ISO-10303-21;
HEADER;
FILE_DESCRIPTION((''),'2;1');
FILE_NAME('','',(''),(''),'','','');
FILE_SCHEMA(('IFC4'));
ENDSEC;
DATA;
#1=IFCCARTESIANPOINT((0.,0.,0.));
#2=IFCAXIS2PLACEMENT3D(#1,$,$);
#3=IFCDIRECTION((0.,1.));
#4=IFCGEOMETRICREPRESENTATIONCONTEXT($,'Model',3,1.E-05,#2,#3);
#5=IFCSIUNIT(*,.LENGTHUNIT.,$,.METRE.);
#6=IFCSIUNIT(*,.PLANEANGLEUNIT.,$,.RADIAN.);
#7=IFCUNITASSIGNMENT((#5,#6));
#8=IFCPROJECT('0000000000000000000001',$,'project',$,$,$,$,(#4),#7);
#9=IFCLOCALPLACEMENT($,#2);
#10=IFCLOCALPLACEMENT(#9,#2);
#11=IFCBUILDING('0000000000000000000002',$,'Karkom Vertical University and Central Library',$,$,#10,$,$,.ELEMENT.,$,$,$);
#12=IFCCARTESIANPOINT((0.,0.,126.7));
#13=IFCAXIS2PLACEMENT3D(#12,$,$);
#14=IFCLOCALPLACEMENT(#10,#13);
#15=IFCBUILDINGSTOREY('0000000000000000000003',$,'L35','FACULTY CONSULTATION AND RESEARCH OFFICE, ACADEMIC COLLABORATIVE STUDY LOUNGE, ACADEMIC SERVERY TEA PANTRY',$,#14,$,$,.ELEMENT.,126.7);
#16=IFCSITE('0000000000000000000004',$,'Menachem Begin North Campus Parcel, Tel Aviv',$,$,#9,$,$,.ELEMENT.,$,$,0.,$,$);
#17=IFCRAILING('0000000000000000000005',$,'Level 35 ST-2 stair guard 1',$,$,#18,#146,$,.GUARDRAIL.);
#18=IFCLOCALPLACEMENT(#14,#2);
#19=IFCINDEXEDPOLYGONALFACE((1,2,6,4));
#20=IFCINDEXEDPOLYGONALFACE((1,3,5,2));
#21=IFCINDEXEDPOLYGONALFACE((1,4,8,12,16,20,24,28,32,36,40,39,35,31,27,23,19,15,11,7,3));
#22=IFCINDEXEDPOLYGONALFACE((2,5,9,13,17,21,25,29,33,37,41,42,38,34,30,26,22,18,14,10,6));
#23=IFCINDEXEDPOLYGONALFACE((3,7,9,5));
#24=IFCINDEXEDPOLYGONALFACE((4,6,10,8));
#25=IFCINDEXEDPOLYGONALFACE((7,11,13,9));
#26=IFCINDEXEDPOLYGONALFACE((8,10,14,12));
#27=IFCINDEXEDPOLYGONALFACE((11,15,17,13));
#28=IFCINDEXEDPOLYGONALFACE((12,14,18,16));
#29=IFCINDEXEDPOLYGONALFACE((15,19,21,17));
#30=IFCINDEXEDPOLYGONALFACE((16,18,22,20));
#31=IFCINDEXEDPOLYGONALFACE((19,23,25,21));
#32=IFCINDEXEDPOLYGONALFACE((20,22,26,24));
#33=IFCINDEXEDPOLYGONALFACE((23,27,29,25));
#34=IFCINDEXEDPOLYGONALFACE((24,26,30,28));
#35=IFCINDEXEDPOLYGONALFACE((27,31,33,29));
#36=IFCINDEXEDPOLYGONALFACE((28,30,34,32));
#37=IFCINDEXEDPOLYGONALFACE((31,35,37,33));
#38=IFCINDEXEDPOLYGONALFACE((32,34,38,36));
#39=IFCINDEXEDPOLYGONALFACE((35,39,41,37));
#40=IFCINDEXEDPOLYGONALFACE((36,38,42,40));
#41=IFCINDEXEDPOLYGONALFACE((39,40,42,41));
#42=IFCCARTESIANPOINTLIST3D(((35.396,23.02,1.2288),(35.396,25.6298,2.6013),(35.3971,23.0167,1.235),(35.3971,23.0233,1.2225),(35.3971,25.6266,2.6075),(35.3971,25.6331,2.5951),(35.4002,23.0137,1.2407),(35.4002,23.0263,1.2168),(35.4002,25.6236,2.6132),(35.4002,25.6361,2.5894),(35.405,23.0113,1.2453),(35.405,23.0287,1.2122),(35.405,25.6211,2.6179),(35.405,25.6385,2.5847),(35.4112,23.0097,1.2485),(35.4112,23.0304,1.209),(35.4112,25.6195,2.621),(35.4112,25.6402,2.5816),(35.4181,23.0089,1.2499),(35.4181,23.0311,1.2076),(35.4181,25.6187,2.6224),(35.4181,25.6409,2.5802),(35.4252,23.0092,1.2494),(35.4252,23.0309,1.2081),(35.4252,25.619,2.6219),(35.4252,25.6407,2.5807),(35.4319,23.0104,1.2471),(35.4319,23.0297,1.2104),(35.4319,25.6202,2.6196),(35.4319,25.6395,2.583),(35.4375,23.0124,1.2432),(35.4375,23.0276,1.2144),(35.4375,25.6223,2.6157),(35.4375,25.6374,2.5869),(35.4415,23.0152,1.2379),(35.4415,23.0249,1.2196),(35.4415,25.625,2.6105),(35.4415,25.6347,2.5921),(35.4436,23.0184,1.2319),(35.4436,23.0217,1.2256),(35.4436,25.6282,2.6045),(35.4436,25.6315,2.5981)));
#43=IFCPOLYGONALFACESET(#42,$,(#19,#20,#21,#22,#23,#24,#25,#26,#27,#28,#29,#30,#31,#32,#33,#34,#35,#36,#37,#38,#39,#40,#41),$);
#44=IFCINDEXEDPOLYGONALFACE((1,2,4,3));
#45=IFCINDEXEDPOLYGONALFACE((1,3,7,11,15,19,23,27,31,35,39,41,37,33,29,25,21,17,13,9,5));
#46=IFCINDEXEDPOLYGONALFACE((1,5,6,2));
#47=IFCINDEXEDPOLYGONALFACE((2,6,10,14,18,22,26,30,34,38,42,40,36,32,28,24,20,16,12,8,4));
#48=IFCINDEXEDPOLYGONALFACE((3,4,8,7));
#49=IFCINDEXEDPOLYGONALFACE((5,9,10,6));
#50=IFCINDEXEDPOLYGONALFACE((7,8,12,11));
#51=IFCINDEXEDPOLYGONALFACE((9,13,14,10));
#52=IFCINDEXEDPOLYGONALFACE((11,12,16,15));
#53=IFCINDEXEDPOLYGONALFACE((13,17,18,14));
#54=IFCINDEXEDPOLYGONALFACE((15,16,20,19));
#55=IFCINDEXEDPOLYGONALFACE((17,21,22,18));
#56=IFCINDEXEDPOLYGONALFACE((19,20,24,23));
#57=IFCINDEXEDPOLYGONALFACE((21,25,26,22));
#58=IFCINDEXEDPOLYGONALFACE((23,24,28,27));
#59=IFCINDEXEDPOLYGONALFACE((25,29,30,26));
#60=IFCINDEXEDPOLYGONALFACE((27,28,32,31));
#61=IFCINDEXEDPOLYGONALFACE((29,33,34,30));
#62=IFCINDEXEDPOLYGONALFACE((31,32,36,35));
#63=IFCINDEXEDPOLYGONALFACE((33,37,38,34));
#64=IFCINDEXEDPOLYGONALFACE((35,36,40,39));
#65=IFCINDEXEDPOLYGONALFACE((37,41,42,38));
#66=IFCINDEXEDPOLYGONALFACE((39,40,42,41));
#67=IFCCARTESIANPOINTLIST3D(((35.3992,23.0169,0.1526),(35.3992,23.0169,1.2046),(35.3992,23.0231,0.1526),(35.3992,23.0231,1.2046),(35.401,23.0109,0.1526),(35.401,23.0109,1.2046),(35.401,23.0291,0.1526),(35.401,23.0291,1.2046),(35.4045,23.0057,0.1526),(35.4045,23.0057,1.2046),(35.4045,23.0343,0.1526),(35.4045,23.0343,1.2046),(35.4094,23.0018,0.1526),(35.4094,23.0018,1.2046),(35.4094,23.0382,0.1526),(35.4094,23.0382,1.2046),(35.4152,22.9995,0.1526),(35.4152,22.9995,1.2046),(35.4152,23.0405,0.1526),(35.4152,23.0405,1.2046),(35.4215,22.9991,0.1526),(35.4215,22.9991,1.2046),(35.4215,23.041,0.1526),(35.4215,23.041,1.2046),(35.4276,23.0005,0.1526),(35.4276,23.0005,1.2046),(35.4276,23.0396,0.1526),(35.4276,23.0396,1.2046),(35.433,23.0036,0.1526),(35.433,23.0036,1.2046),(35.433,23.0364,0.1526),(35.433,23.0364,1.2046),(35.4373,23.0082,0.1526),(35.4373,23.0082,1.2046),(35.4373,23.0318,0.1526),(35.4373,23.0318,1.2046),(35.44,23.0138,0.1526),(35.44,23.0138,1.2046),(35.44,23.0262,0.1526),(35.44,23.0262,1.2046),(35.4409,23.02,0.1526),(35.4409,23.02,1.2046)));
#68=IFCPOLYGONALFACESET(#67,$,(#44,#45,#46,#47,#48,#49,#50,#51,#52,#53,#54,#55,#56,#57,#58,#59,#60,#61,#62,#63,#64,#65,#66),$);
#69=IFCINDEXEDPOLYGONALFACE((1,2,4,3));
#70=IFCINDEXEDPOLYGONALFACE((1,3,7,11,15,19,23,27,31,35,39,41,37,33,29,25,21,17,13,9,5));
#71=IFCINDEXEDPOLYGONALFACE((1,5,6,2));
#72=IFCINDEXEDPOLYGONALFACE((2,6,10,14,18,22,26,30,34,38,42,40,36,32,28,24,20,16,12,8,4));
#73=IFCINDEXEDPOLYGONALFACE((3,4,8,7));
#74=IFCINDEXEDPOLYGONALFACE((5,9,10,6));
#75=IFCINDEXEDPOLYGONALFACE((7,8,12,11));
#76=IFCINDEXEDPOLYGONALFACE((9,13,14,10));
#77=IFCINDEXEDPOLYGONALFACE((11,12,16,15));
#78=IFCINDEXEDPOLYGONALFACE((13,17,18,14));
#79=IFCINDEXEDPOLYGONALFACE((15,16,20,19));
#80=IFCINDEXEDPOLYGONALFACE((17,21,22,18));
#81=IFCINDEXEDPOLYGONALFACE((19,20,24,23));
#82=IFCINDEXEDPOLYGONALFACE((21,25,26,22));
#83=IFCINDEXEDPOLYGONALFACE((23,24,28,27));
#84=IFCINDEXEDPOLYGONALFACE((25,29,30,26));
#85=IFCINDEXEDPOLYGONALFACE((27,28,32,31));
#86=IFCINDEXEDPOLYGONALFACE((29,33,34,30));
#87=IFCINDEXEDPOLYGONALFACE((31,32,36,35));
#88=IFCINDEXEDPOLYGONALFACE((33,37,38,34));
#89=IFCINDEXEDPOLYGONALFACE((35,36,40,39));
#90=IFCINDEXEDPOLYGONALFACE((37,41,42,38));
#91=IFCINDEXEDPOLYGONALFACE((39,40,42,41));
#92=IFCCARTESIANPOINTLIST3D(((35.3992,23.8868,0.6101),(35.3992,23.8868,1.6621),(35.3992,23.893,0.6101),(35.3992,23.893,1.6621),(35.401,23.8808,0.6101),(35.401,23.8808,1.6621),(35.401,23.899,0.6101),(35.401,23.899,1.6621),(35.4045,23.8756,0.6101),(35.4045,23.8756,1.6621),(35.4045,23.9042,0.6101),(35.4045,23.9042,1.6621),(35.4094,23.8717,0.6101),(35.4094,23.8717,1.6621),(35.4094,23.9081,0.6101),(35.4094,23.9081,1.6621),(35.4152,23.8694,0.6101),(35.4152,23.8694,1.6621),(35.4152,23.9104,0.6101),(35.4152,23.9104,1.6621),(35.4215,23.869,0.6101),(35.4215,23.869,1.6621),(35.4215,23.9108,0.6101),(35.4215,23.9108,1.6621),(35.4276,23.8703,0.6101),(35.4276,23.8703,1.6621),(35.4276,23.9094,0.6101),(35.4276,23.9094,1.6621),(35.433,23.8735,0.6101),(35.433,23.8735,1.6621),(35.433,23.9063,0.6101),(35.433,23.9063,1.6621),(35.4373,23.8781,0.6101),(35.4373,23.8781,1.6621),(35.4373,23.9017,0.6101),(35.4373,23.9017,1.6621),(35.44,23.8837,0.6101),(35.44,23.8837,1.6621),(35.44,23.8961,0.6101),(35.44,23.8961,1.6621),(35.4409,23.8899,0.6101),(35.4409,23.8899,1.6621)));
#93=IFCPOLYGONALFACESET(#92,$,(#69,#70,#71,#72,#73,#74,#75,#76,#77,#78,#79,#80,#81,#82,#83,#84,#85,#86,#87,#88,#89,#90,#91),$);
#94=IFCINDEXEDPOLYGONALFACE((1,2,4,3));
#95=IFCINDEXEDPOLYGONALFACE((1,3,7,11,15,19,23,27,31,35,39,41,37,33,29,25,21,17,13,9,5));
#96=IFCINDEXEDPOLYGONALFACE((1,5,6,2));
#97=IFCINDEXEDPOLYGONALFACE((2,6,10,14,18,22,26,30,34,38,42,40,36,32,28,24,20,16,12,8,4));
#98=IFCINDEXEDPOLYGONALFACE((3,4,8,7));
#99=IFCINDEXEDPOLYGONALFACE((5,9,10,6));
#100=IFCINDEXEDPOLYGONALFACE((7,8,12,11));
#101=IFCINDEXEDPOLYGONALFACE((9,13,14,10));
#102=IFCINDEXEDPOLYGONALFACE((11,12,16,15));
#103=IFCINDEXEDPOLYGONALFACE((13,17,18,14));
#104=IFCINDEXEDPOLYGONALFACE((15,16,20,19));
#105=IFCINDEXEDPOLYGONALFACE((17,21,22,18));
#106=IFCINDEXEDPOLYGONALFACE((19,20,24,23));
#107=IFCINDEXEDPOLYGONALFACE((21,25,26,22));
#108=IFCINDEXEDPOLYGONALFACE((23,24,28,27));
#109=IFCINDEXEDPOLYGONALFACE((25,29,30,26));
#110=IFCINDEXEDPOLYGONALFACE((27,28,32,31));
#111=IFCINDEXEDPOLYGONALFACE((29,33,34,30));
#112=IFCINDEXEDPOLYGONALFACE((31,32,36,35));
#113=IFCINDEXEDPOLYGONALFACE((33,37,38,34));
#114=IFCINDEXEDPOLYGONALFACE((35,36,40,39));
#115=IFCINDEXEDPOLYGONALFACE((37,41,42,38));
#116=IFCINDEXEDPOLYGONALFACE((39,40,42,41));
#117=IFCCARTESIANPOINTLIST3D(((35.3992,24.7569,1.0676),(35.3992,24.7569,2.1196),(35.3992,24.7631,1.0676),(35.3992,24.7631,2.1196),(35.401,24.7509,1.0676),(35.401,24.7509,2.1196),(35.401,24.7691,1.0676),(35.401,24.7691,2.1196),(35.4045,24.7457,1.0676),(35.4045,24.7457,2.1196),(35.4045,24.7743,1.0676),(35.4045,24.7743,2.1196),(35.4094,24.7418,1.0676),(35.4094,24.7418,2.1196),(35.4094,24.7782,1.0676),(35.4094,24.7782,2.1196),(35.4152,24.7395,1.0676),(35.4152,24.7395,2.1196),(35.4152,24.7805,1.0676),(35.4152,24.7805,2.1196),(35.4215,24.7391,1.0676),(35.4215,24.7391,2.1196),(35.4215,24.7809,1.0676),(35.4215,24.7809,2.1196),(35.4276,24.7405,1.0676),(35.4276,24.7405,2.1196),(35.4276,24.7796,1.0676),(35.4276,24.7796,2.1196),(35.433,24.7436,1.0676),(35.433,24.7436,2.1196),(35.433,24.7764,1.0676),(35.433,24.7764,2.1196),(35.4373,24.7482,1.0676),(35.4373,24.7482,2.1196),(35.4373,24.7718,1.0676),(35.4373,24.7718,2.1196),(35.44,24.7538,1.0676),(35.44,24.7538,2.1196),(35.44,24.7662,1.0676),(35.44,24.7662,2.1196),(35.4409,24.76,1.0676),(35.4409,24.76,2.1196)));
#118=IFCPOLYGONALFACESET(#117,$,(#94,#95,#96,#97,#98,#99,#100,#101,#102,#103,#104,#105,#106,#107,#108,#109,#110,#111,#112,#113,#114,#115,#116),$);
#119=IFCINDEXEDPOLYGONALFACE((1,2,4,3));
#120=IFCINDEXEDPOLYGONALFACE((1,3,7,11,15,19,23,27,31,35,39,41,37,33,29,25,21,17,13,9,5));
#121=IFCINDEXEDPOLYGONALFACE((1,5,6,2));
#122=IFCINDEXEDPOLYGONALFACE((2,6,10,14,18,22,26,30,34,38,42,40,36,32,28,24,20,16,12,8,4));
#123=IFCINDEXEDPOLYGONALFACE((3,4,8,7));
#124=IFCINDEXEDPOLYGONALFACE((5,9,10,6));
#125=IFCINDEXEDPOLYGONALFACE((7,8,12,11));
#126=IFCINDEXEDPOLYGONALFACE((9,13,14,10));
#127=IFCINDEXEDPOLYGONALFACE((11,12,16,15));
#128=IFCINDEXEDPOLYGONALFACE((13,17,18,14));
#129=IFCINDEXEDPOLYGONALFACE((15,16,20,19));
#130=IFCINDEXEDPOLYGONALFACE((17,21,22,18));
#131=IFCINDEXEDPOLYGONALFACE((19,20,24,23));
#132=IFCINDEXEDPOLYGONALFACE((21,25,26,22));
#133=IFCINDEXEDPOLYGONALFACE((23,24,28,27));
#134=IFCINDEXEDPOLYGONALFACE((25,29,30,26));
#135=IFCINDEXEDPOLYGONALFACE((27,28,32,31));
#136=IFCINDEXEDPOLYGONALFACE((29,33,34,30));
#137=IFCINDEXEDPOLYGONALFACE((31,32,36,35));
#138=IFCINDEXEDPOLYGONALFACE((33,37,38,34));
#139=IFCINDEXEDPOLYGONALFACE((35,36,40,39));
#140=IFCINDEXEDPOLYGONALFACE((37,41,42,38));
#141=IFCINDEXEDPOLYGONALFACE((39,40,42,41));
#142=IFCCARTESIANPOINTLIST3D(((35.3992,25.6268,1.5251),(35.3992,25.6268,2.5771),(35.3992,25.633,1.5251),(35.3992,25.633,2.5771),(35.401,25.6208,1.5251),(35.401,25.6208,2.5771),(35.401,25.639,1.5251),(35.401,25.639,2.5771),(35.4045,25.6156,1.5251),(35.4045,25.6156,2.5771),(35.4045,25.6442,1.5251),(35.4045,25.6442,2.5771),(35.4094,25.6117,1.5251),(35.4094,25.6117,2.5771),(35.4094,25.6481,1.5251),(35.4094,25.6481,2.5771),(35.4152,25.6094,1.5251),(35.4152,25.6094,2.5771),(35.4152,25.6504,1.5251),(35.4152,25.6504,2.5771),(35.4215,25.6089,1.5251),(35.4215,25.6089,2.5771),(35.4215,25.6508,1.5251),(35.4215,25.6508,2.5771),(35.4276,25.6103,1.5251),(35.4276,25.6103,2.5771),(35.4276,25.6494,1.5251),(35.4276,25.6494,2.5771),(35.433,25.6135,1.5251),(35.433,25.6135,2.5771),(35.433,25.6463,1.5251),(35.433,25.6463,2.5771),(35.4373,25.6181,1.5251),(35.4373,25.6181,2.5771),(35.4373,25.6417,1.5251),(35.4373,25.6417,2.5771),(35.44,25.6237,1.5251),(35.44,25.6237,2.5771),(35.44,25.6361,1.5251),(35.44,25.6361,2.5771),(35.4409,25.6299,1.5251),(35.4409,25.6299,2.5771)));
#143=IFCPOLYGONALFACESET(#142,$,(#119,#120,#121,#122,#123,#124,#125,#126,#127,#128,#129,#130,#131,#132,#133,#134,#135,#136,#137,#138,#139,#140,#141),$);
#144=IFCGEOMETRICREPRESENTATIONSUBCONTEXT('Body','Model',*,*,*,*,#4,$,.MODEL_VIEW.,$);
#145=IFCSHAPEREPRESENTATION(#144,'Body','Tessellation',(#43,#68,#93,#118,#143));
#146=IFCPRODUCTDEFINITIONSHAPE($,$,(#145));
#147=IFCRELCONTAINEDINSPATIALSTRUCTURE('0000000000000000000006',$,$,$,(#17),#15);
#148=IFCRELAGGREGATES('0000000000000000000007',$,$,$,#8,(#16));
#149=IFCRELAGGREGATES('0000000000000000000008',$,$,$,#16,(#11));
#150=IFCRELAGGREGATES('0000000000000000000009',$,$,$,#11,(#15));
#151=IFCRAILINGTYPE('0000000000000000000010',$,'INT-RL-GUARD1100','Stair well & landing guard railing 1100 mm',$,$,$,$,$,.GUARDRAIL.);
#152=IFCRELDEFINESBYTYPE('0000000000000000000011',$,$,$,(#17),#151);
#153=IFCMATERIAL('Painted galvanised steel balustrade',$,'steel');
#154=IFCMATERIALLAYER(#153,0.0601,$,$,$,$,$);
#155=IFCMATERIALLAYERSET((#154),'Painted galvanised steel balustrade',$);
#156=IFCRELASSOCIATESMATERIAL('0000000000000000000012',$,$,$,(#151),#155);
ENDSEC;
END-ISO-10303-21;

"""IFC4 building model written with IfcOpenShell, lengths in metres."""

from ifc_helpers import new_model, si_unit, direction, frame, origin, origin_2d, place, context, subcontext, project, spatial, circle, extrude, material, layer, layer_set, type_object, element, save


model = new_model("IFC4")

# Units and contexts
model_context = context("Model", 3, precision=1e-05, world=origin(), true_north=direction((0.0, 1.0)))
body_context = subcontext(model_context, "Body", "Model", "MODEL_VIEW")
ifc_project = project(units=[si_unit("LENGTHUNIT", "METRE"), si_unit("PLANEANGLEUNIT", "RADIAN")], contexts=[model_context])

# Site, building, storey
site_placement = place(None, origin())
site = spatial("IfcSite", under=ifc_project, at=site_placement, Name="Menachem Begin North Campus Parcel, Tel Aviv", CompositionType="ELEMENT", RefElevation=0.0)
building_placement = place(site_placement, origin())
building = spatial("IfcBuilding", under=site, at=building_placement, Name="Karkom Vertical University and Central Library", CompositionType="ELEMENT")
storey_placement = place(building_placement, frame((0.0, 0.0, 126.7)))
storey = spatial("IfcBuildingStorey", under=building, at=storey_placement, Name="L35", Description="FACULTY CONSULTATION AND RESEARCH OFFICE, ACADEMIC COLLABORATIVE STUDY LOUNGE, ACADEMIC SERVERY TEA PANTRY", CompositionType="ELEMENT", Elevation=126.7)

# Railing
ifc_material_1 = material(Name="Painted galvanised steel balustrade", Category="steel")
ifc_layer_1 = layer(ifc_material_1, 0.0601)
ifc_layer_set_1 = layer_set([ifc_layer_1], Name="Painted galvanised steel balustrade")
railing_type_1 = type_object("IfcRailingType", Name="INT-RL-GUARD1100", Description="Stair well & landing guard railing 1100 mm", PredefinedType="GUARDRAIL", material=ifc_layer_set_1)
railing_1_placement = place(storey_placement, frame((35.4199, 23.02, 0.1526)))
element("IfcRailing", 1, at=railing_1_placement, inside=storey, type_object=railing_type_1, Name="Level 35 ST-2 stair guard 1", PredefinedType="GUARDRAIL", context=body_context, shape_type="SweptSolid", body=[
    extrude(circle(Radius=0.0239, at=origin_2d()), frame((0.0, 0.0, 1.0762), z_axis=(0.0, 0.885065, 0.465467), x_axis=(-1.0, 0.0, 0.0)), (0.0, 0.0, 1.0), 2.9487),
    extrude(circle(Radius=0.021, at=origin_2d()), origin(), (0.0, 0.0, 1.0), 1.052),
    extrude(circle(Radius=0.021, at=origin_2d()), frame((0.0, 0.8699, 0.4575)), (0.0, 0.0, 1.0), 1.052),
    extrude(circle(Radius=0.021, at=origin_2d()), frame((0.0, 1.74, 0.915)), (0.0, 0.0, 1.0), 1.052),
    extrude(circle(Radius=0.021, at=origin_2d()), frame((0.0, 2.6099, 1.3726)), (0.0, 0.0, 1.0), 1.052),
])

save(model, "model.ifc")
